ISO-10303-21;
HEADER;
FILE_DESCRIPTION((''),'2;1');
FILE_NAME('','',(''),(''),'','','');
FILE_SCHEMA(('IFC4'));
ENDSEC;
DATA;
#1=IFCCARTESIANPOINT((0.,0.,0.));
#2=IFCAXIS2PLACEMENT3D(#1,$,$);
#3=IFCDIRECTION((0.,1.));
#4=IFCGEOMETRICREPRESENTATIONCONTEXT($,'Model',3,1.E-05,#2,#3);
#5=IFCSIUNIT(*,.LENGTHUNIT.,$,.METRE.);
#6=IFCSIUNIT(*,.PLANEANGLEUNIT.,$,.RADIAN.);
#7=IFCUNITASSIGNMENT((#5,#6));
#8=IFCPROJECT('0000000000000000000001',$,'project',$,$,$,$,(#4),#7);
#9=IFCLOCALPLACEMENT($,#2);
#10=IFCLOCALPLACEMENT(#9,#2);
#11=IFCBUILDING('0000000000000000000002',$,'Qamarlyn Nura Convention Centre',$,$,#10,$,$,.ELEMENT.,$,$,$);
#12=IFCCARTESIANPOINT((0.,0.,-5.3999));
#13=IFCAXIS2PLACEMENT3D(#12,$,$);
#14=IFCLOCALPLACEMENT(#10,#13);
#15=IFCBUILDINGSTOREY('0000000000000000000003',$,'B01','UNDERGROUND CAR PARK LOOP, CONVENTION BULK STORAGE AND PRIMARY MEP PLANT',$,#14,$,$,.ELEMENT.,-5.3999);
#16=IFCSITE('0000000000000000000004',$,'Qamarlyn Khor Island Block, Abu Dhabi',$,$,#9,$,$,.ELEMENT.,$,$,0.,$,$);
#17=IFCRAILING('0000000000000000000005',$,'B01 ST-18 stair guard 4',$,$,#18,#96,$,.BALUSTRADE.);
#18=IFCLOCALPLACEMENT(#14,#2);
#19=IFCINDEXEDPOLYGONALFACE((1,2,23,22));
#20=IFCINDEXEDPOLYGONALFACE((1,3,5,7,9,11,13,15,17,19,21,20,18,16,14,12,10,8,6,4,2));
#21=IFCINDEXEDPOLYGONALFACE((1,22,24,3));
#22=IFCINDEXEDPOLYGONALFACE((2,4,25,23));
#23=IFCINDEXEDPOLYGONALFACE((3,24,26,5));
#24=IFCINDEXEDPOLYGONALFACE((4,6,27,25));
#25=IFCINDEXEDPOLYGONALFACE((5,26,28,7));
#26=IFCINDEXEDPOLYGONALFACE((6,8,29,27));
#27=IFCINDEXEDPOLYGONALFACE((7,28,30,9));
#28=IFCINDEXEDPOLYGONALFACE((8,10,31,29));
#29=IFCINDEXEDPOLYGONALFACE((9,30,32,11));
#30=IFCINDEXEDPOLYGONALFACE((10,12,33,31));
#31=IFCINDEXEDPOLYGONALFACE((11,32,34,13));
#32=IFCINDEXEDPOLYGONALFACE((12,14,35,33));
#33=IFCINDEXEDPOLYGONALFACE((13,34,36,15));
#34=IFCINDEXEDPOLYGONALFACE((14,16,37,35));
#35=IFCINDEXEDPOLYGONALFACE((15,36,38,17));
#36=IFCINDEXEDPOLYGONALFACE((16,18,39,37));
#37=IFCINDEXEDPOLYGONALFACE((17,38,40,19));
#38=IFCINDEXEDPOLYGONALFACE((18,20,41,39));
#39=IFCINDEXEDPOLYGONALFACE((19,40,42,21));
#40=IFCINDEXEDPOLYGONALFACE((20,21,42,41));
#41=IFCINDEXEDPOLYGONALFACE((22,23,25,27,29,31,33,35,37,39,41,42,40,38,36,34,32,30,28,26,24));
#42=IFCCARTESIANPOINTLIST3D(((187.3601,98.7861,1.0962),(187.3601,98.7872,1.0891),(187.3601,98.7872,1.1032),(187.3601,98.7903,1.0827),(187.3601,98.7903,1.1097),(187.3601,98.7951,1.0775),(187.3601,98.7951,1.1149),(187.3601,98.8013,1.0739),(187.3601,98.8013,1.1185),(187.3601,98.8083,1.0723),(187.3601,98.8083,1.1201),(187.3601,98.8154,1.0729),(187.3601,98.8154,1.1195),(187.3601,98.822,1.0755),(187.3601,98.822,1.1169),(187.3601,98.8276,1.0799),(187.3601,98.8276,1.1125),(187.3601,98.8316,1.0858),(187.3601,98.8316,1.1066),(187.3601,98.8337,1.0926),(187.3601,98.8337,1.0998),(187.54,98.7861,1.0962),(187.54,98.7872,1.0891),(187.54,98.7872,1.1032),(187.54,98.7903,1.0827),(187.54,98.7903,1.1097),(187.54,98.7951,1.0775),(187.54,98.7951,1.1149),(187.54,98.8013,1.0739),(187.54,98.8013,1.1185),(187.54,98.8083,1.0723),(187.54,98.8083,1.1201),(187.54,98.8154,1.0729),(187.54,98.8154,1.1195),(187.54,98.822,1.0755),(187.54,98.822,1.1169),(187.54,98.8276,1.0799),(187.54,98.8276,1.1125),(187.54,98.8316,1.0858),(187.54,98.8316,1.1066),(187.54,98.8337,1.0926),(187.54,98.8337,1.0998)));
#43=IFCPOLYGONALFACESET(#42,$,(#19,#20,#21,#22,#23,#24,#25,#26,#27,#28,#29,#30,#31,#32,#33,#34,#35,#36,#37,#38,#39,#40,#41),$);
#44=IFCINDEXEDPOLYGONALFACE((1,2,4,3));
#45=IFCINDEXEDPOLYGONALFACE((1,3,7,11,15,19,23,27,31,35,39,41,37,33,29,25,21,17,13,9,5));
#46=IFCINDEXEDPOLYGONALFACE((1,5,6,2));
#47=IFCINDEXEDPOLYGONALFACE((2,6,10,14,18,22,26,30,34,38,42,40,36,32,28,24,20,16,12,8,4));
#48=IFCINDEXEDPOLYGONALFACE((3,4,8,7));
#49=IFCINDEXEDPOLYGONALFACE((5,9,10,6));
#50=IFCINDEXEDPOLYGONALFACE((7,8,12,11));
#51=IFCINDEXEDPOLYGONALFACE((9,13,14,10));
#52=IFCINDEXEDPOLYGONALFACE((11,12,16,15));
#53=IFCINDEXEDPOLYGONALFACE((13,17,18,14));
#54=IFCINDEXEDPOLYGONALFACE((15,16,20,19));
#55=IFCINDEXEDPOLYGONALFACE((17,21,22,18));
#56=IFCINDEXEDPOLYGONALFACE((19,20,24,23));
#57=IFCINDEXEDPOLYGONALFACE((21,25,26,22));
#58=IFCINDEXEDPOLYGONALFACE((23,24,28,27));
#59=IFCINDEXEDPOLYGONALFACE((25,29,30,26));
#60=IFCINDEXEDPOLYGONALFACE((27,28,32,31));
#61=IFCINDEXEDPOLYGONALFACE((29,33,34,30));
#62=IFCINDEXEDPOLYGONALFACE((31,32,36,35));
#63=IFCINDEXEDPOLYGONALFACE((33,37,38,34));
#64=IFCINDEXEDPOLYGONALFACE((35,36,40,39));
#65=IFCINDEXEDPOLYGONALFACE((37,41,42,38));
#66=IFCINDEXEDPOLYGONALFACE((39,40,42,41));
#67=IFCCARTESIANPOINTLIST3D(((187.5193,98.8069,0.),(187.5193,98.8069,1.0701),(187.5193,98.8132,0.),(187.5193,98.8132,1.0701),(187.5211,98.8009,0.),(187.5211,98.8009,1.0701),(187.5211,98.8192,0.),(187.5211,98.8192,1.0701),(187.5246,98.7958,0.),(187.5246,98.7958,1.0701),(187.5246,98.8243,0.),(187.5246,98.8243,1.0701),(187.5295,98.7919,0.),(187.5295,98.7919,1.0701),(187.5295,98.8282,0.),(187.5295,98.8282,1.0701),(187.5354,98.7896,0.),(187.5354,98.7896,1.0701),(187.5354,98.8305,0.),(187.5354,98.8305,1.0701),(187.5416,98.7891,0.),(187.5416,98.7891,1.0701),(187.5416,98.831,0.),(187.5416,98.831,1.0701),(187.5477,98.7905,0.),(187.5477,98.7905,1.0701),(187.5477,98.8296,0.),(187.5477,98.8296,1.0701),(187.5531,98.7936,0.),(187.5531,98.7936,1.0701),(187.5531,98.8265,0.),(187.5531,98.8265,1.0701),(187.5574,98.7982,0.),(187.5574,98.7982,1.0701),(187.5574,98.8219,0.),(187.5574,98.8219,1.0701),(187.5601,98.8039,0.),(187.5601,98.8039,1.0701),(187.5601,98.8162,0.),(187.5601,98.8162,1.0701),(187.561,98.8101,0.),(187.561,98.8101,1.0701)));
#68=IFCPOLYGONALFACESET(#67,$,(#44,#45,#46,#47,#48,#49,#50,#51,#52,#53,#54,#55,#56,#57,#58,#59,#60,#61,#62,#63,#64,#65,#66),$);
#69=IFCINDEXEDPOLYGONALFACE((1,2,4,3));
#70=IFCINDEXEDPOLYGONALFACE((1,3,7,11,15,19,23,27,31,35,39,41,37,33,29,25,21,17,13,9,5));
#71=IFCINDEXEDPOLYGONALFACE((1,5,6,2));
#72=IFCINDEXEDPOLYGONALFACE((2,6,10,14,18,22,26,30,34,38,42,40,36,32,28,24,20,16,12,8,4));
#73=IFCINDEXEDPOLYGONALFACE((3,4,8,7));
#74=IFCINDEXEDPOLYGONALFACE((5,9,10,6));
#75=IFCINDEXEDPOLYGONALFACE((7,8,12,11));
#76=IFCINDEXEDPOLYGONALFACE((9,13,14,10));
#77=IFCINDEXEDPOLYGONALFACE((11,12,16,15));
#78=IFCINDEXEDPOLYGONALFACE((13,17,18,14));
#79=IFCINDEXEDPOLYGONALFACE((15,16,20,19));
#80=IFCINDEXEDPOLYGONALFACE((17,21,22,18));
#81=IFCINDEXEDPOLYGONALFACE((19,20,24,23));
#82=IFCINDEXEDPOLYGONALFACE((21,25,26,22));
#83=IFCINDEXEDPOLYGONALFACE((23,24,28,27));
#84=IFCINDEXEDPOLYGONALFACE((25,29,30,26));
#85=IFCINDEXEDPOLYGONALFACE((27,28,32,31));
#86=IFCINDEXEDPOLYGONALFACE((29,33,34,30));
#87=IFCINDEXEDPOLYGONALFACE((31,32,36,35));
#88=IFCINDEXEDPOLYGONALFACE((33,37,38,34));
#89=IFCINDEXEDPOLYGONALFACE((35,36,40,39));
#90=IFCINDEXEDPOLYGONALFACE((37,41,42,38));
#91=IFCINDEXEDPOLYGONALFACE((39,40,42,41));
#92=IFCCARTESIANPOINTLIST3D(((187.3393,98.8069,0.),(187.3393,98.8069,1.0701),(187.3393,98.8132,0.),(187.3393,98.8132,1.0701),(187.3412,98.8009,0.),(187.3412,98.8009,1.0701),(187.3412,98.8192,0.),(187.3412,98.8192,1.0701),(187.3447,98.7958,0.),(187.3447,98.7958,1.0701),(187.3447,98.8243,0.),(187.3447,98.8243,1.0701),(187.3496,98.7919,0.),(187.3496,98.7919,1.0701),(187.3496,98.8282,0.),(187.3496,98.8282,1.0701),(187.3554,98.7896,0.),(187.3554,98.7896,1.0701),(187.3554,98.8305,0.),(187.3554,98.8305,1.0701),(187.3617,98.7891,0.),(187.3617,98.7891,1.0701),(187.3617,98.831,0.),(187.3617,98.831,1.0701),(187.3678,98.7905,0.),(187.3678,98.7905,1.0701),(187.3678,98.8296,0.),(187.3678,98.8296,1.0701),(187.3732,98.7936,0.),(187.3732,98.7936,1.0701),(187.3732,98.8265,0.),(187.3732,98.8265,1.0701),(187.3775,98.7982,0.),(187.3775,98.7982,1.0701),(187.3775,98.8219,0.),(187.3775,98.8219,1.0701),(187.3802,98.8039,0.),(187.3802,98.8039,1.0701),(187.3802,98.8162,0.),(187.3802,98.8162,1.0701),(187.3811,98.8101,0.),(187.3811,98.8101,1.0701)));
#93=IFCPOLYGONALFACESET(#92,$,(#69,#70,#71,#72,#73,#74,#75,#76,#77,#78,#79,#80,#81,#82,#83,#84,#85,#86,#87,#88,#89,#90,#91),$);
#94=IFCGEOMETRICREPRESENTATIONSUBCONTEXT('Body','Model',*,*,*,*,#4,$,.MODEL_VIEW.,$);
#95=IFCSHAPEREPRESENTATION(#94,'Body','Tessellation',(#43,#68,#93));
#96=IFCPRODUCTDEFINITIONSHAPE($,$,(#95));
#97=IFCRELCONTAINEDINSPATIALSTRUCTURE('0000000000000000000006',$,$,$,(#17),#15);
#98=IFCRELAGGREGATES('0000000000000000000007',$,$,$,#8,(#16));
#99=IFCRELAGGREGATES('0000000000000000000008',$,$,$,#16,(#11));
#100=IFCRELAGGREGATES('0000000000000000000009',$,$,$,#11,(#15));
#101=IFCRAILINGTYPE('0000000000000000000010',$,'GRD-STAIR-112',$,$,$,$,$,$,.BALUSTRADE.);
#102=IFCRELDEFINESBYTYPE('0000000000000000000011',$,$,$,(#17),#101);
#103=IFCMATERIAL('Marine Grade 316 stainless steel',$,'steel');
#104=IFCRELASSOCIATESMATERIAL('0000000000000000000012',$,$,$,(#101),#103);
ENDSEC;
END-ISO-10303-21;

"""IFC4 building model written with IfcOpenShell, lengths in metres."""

from ifc_helpers import new_model, si_unit, direction, frame, origin, origin_2d, place, context, subcontext, project, spatial, circle, extrude, material, type_object, element, save


model = new_model("IFC4")

# Units and contexts
model_context = context("Model", 3, precision=1e-05, world=origin(), true_north=direction((0.0, 1.0)))
body_context = subcontext(model_context, "Body", "Model", "MODEL_VIEW")
ifc_project = project(units=[si_unit("LENGTHUNIT", "METRE"), si_unit("PLANEANGLEUNIT", "RADIAN")], contexts=[model_context])

# Site, building, storey
site_placement = place(None, origin())
site = spatial("IfcSite", under=ifc_project, at=site_placement, Name="Qamarlyn Khor Island Block, Abu Dhabi", CompositionType="ELEMENT", RefElevation=0.0)
building_placement = place(site_placement, origin())
building = spatial("IfcBuilding", under=site, at=building_placement, Name="Qamarlyn Nura Convention Centre", CompositionType="ELEMENT")
storey_placement = place(building_placement, frame((0.0, 0.0, -5.3999)))
storey = spatial("IfcBuildingStorey", under=building, at=storey_placement, Name="B01", Description="UNDERGROUND CAR PARK LOOP, CONVENTION BULK STORAGE AND PRIMARY MEP PLANT", CompositionType="ELEMENT", Elevation=-5.3999)

# Railing
ifc_material_1 = material(Name="Marine Grade 316 stainless steel", Category="steel")
railing_type_1 = type_object("IfcRailingType", Name="GRD-STAIR-112", PredefinedType="BALUSTRADE", material=ifc_material_1)
railing_1_placement = place(storey_placement, frame((187.54, 98.8101, 0.0)))
element("IfcRailing", 1, at=railing_1_placement, inside=storey, type_object=railing_type_1, Name="B01 ST-18 stair guard 4", PredefinedType="BALUSTRADE", context=body_context, shape_type="SweptSolid", body=[
    extrude(circle(Radius=0.0239, at=origin_2d()), frame((0.0, 0.0, 1.0962), z_axis=(-1.0, 0.0, 0.0), x_axis=(0.0, -1.0, 0.0)), (0.0, 0.0, 1.0), 0.1799),
    extrude(circle(Radius=0.021, at=origin_2d()), origin(), (0.0, 0.0, 1.0), 1.0701),
    extrude(circle(Radius=0.021, at=origin_2d()), frame((-0.1799, 0.0, 0.0)), (0.0, 0.0, 1.0), 1.0701),
])

save(model, "model.ifc")
